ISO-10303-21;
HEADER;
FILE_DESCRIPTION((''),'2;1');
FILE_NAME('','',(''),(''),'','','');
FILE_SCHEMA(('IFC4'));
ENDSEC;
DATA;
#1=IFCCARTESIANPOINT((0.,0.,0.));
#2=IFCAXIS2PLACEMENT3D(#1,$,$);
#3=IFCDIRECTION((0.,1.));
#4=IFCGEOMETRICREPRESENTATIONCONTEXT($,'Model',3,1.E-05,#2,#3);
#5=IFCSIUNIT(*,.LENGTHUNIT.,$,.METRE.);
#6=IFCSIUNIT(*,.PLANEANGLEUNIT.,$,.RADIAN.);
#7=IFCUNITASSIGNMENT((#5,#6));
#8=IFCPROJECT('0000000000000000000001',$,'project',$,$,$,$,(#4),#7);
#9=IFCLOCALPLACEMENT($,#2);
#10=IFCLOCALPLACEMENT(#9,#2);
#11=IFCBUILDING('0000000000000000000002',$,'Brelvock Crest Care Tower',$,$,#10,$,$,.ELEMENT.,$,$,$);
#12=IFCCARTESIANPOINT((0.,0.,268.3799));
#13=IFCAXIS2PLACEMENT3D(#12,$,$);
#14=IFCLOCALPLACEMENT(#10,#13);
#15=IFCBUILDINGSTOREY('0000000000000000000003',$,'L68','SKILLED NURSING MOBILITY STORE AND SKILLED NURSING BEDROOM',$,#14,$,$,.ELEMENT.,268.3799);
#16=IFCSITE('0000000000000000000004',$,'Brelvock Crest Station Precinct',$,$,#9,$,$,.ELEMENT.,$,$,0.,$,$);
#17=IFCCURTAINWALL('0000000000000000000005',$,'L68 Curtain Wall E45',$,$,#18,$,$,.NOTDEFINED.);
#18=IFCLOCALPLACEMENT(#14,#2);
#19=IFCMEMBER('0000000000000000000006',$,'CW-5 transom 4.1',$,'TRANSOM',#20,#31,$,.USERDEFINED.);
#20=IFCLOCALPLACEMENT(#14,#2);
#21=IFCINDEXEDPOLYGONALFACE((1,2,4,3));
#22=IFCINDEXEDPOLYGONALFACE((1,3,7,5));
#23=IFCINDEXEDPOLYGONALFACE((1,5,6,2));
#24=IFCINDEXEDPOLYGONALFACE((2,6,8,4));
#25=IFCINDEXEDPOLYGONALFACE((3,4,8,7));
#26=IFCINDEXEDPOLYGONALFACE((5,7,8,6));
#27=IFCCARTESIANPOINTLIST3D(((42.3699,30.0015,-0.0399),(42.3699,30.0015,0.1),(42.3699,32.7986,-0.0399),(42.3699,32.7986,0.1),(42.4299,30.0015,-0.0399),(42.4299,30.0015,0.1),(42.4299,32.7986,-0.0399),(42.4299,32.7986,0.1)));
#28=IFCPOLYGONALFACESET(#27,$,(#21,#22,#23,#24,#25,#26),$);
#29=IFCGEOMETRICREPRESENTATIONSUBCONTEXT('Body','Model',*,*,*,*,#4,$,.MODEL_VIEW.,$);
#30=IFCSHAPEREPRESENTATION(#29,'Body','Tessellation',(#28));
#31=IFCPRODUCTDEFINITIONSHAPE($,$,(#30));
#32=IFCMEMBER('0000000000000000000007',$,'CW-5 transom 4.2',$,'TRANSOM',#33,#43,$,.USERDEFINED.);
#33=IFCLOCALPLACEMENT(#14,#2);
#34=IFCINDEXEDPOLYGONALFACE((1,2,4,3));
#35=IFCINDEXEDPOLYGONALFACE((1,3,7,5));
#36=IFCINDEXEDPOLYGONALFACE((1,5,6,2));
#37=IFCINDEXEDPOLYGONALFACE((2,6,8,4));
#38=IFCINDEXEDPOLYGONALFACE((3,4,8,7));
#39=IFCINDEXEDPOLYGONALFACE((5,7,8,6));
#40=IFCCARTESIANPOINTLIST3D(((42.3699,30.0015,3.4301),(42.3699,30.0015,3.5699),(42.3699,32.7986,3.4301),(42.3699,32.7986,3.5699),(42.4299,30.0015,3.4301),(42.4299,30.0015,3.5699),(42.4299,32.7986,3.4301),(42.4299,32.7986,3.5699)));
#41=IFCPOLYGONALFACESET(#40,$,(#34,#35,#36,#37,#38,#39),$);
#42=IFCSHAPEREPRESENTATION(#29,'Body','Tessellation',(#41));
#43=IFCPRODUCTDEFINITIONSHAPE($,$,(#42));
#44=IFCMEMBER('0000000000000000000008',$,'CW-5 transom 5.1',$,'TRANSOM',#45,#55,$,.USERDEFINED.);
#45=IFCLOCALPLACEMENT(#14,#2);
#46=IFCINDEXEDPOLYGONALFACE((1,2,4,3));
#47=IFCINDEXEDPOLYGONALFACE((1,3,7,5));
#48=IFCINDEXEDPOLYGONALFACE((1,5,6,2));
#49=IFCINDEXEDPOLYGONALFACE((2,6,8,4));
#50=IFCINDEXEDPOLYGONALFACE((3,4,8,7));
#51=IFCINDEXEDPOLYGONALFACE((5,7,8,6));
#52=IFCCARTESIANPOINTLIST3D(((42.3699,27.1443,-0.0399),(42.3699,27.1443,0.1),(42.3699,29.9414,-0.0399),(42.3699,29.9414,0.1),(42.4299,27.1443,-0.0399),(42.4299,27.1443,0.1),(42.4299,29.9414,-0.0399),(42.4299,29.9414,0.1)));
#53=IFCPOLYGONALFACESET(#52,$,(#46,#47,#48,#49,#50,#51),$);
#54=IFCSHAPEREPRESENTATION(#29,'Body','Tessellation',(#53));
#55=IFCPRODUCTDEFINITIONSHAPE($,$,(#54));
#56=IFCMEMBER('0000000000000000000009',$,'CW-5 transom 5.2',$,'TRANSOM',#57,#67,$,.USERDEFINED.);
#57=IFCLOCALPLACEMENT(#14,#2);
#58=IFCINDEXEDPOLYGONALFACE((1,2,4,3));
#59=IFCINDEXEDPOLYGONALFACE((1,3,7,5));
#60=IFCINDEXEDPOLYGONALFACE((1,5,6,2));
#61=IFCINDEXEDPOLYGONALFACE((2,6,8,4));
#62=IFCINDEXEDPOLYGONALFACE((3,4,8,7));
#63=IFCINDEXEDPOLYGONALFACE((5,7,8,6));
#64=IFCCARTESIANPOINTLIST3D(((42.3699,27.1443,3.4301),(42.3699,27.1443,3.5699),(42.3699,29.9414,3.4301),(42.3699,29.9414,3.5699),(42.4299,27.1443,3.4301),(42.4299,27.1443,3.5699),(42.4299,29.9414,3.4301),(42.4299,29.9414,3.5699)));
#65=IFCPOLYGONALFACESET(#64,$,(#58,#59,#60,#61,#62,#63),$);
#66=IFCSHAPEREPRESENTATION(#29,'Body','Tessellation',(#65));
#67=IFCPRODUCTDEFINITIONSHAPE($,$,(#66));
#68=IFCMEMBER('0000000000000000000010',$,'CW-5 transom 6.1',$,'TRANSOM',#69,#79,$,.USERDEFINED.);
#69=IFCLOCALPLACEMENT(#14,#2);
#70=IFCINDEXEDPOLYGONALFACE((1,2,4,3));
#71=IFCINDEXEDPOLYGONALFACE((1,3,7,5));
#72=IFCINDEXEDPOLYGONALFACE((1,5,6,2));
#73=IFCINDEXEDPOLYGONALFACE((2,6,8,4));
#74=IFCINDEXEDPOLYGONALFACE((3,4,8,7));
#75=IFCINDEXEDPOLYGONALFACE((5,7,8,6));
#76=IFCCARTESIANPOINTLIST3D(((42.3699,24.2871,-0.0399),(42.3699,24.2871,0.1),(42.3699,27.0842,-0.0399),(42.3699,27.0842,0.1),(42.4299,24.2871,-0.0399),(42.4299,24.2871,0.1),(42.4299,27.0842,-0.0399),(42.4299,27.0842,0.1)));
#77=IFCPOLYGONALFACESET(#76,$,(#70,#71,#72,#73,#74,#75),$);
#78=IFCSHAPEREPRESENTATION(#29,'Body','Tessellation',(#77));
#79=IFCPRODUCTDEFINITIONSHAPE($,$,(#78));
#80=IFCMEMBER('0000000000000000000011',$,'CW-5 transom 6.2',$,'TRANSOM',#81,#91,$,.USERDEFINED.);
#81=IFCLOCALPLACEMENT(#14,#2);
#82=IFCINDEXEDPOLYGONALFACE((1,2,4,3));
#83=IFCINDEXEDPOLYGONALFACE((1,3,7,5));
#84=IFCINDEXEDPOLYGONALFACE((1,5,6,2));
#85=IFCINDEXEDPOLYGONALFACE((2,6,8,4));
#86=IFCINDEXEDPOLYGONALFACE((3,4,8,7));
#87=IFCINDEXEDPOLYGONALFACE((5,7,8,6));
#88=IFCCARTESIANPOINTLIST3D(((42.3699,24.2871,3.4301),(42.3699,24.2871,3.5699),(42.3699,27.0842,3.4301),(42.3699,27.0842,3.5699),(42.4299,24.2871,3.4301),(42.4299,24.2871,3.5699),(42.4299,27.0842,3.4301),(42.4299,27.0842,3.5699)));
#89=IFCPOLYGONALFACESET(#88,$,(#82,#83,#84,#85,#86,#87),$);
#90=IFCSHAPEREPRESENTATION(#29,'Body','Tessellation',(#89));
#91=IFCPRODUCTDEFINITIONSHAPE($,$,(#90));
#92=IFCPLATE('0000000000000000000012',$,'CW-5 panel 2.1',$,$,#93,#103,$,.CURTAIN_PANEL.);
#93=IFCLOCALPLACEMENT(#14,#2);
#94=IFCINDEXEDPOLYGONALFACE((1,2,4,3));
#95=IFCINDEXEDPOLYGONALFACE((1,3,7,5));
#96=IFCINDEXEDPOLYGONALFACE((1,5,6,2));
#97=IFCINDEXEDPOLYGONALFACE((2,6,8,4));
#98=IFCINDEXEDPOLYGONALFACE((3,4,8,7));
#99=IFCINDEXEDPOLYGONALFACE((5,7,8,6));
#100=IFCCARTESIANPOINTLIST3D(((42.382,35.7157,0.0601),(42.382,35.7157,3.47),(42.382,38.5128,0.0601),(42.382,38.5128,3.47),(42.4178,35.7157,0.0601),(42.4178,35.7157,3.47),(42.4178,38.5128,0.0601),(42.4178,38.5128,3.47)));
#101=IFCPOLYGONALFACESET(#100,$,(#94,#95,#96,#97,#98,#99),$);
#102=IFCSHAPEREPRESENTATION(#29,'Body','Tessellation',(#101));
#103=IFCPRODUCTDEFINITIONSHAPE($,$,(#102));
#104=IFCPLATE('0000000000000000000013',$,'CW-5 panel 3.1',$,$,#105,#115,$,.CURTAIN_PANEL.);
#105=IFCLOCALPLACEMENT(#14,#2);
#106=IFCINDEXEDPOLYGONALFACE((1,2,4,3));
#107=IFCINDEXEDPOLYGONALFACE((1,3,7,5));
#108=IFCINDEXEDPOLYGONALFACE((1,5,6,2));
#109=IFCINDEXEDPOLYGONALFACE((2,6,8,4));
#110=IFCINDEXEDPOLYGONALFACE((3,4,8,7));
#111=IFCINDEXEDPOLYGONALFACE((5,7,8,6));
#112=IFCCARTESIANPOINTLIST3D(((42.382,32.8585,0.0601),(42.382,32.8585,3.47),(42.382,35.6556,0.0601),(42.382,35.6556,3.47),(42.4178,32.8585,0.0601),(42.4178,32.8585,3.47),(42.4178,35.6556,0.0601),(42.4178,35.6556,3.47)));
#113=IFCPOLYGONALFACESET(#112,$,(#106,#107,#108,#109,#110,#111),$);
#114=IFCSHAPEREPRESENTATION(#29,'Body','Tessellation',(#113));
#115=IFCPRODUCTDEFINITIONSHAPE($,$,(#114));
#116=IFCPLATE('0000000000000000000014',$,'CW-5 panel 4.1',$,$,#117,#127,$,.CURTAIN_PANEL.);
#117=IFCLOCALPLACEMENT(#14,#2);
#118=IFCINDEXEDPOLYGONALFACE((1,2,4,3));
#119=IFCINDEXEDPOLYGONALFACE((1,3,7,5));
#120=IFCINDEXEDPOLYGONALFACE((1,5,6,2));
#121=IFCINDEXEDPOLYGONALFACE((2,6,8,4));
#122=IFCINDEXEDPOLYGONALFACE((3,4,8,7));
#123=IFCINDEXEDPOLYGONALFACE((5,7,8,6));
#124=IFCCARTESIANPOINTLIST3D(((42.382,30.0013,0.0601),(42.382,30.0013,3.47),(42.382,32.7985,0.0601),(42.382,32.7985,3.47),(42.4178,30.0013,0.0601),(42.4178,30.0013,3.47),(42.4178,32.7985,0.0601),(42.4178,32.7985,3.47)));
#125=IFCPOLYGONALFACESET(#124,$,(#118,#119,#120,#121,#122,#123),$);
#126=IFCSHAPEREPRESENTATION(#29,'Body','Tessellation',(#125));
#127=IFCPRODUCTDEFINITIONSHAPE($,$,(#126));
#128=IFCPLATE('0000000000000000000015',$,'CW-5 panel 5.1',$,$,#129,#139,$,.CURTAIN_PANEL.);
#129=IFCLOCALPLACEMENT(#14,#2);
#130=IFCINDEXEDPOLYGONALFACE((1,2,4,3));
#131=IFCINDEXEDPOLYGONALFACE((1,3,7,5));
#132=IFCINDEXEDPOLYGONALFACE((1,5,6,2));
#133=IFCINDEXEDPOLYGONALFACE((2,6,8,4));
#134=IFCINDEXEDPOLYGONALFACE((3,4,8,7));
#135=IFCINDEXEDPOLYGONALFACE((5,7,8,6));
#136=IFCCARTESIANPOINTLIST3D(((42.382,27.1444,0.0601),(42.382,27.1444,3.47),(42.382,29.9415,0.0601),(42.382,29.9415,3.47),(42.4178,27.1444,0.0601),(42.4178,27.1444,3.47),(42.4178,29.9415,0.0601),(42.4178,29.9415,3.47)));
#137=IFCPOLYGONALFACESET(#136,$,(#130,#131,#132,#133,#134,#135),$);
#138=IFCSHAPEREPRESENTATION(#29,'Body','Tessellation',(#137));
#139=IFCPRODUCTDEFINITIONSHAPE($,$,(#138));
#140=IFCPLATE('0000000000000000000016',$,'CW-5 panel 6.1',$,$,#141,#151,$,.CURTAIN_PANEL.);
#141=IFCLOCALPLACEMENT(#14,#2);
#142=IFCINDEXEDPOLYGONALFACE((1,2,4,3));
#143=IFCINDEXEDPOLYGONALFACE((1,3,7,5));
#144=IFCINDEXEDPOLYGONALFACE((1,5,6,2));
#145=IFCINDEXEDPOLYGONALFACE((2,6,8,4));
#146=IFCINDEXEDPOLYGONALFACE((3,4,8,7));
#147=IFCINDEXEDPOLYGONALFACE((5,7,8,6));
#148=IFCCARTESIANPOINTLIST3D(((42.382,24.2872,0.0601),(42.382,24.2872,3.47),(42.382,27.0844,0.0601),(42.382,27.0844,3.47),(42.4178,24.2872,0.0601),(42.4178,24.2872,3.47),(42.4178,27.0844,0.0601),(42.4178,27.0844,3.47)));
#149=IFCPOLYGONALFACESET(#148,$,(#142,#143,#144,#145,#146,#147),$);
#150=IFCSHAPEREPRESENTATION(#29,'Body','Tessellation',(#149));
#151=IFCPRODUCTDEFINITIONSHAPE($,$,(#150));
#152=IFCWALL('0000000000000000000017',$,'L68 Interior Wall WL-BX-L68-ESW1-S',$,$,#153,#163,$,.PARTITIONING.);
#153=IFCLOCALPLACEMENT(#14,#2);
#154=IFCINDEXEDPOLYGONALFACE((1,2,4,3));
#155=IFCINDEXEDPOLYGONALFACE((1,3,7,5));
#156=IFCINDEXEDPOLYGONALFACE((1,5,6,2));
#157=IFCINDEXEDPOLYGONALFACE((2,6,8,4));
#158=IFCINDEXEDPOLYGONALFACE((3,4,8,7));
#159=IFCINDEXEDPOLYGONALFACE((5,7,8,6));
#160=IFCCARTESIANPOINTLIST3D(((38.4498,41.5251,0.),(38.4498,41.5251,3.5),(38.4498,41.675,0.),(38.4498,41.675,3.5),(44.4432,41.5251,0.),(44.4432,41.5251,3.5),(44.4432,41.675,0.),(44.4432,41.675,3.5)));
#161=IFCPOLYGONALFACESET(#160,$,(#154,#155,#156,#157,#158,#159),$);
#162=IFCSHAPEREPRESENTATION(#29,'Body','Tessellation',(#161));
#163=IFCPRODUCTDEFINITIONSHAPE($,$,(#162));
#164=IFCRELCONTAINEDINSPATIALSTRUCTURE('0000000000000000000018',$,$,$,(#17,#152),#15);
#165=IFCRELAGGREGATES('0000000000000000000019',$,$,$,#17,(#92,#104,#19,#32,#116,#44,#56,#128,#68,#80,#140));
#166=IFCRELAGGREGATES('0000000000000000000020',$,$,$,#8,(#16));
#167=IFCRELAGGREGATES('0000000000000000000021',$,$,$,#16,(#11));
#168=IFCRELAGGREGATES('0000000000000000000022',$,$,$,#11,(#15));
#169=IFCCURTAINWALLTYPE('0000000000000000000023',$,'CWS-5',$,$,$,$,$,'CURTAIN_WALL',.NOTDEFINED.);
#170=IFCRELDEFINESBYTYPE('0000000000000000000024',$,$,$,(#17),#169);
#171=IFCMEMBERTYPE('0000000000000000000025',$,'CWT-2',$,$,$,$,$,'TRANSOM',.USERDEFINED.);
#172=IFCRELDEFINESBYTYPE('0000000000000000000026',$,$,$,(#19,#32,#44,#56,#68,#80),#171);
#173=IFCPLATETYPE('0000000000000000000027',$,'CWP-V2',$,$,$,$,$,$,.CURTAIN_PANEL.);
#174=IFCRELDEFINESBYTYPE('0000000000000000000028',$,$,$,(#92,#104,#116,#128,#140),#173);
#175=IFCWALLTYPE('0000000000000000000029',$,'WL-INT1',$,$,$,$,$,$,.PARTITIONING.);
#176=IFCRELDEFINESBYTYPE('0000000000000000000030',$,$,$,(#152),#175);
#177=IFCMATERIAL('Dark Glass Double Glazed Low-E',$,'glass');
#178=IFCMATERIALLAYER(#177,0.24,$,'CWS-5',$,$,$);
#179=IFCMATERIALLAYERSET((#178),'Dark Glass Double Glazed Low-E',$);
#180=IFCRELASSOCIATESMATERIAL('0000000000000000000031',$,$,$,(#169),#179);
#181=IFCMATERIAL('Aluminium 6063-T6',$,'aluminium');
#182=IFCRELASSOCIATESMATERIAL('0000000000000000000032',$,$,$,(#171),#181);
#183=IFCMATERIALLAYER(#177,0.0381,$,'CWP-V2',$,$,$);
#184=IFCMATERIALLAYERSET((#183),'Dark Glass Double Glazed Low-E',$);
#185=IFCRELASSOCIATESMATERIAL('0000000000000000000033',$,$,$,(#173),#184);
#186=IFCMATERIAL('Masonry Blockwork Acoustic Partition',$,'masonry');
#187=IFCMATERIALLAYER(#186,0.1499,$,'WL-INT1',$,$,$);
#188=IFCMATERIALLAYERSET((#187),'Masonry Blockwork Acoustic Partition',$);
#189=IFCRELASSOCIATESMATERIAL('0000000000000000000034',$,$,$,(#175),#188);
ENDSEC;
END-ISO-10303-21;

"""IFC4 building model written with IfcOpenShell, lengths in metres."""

from ifc_helpers import new_model, si_unit, direction, frame, frame_2d, origin, origin_2d, place, context, subcontext, project, spatial, rectangle, extrude, source, transform, mapped, material, layer, layer_set, material_profile, profile_set, type_object, element, aggregate, save


model = new_model("IFC4")

# Units and contexts
model_context = context("Model", 3, precision=1e-05, world=origin(), true_north=direction((0.0, 1.0)))
body_context = subcontext(model_context, "Body", "Model", "MODEL_VIEW")
ifc_project = project(units=[si_unit("LENGTHUNIT", "METRE"), si_unit("PLANEANGLEUNIT", "RADIAN")], contexts=[model_context])

# Site, building, storey
site_placement = place(None, origin())
site = spatial("IfcSite", under=ifc_project, at=site_placement, Name="Brelvock Crest Station Precinct", CompositionType="ELEMENT", RefElevation=0.0)
building_placement = place(site_placement, origin())
building = spatial("IfcBuilding", under=site, at=building_placement, Name="Brelvock Crest Care Tower", CompositionType="ELEMENT")
storey_placement = place(building_placement, frame((0.0, 0.0, 268.3799)))
storey = spatial("IfcBuildingStorey", under=building, at=storey_placement, Name="L68", Description="SKILLED NURSING MOBILITY STORE AND SKILLED NURSING BEDROOM", CompositionType="ELEMENT", Elevation=268.3799)

# Curtain wall, members, plates
ifc_material_1 = material(Name="Dark Glass Double Glazed Low-E", Category="glass")
ifc_layer_1 = layer(ifc_material_1, 0.24, Name="CWS-5")
ifc_layer_set_1 = layer_set([ifc_layer_1], Name="Dark Glass Double Glazed Low-E")
curtain_wall_type = type_object("IfcCurtainWallType", Name="CWS-5", ElementType="CURTAIN_WALL", PredefinedType="NOTDEFINED", material=ifc_layer_set_1)
curtain_wall_placement = place(storey_placement, origin())
curtain_wall = element("IfcCurtainWall", 1, at=curtain_wall_placement, inside=storey, type_object=curtain_wall_type, Name="L68 Curtain Wall E45", PredefinedType="NOTDEFINED")
ifc_material_2 = material(Name="Aluminium 6063-T6", Category="aluminium")
ifc_material_profile_1 = material_profile(ifc_material_2, rectangle(XDim=0.0601, YDim=0.1399, at=origin_2d()), Name="ALU60x140")
ifc_profile_set_1 = profile_set([ifc_material_profile_1], Name="Aluminium 6063-T6")
member_type_1 = type_object("IfcMemberType", Name="CWT-2", ElementType="TRANSOM", PredefinedType="USERDEFINED", material=ifc_profile_set_1)
shared_shape_1 = source(origin(), body_context, "Body", "SweptSolid", [
    extrude(rectangle(XDim=0.0601, YDim=0.1399, at=origin_2d()), origin(), (0.0, 0.0, 1.0), 2.7971),
])
member_1_placement = place(storey_placement, frame((42.3999, 32.7986, 0.03), z_axis=(0.0, -1.0, 0.0), x_axis=(1.0, 0.0, 0.0)))
member_1 = element("IfcMember", 2, at=member_1_placement, type_object=member_type_1, Name="CW-5 transom 4.1", ObjectType="TRANSOM", PredefinedType="USERDEFINED", context=body_context, shape_type="MappedRepresentation", body=[
    mapped(shared_shape_1, transform((0.0, 0.0, 0.0), x_axis=(1.0, 0.0, 0.0), y_axis=(0.0, 1.0, 0.0), z_axis=(0.0, 0.0, 1.0), scale=1.0)),
])
member_2_placement = place(storey_placement, frame((42.3999, 32.7986, 3.5), z_axis=(0.0, -1.0, 0.0), x_axis=(1.0, 0.0, 0.0)))
member_2 = element("IfcMember", 3, at=member_2_placement, type_object=member_type_1, Name="CW-5 transom 4.2", ObjectType="TRANSOM", PredefinedType="USERDEFINED", context=body_context, shape_type="MappedRepresentation", body=[
    mapped(shared_shape_1, transform((0.0, 0.0, 0.0), x_axis=(1.0, 0.0, 0.0), y_axis=(0.0, 1.0, 0.0), z_axis=(0.0, 0.0, 1.0), scale=1.0)),
])
member_3_placement = place(storey_placement, frame((42.3999, 29.9414, 0.03), z_axis=(0.0, -1.0, 0.0), x_axis=(1.0, 0.0, 0.0)))
member_3 = element("IfcMember", 4, at=member_3_placement, type_object=member_type_1, Name="CW-5 transom 5.1", ObjectType="TRANSOM", PredefinedType="USERDEFINED", context=body_context, shape_type="MappedRepresentation", body=[
    mapped(shared_shape_1, transform((0.0, 0.0, 0.0), x_axis=(1.0, 0.0, 0.0), y_axis=(0.0, 1.0, 0.0), z_axis=(0.0, 0.0, 1.0), scale=1.0)),
])
member_4_placement = place(storey_placement, frame((42.3999, 29.9414, 3.5), z_axis=(0.0, -1.0, 0.0), x_axis=(1.0, 0.0, 0.0)))
member_4 = element("IfcMember", 5, at=member_4_placement, type_object=member_type_1, Name="CW-5 transom 5.2", ObjectType="TRANSOM", PredefinedType="USERDEFINED", context=body_context, shape_type="MappedRepresentation", body=[
    mapped(shared_shape_1, transform((0.0, 0.0, 0.0), x_axis=(1.0, 0.0, 0.0), y_axis=(0.0, 1.0, 0.0), z_axis=(0.0, 0.0, 1.0), scale=1.0)),
])
member_5_placement = place(storey_placement, frame((42.3999, 27.0842, 0.03), z_axis=(0.0, -1.0, 0.0), x_axis=(1.0, 0.0, 0.0)))
member_5 = element("IfcMember", 6, at=member_5_placement, type_object=member_type_1, Name="CW-5 transom 6.1", ObjectType="TRANSOM", PredefinedType="USERDEFINED", context=body_context, shape_type="MappedRepresentation", body=[
    mapped(shared_shape_1, transform((0.0, 0.0, 0.0), x_axis=(1.0, 0.0, 0.0), y_axis=(0.0, 1.0, 0.0), z_axis=(0.0, 0.0, 1.0), scale=1.0)),
])
member_6_placement = place(storey_placement, frame((42.3999, 27.0842, 3.5), z_axis=(0.0, -1.0, 0.0), x_axis=(1.0, 0.0, 0.0)))
member_6 = element("IfcMember", 7, at=member_6_placement, type_object=member_type_1, Name="CW-5 transom 6.2", ObjectType="TRANSOM", PredefinedType="USERDEFINED", context=body_context, shape_type="MappedRepresentation", body=[
    mapped(shared_shape_1, transform((0.0, 0.0, 0.0), x_axis=(1.0, 0.0, 0.0), y_axis=(0.0, 1.0, 0.0), z_axis=(0.0, 0.0, 1.0), scale=1.0)),
])
ifc_layer_2 = layer(ifc_material_1, 0.0381, Name="CWP-V2")
ifc_layer_set_2 = layer_set([ifc_layer_2], Name="Dark Glass Double Glazed Low-E")
plate_type = type_object("IfcPlateType", Name="CWP-V2", PredefinedType="CURTAIN_PANEL", material=ifc_layer_set_2)
shared_shape_2 = source(origin(), body_context, "Body", "SweptSolid", [
    extrude(rectangle(XDim=2.7971, YDim=0.0359, at=origin_2d()), origin(), (0.0, 0.0, 1.0), 3.4099),
])
plate_1_placement = place(storey_placement, frame((42.3999, 37.1143, 0.0601), z_axis=(0.0, 0.0, 1.0), x_axis=(0.0, -1.0, 0.0)))
plate_1 = element("IfcPlate", 8, at=plate_1_placement, type_object=plate_type, Name="CW-5 panel 2.1", PredefinedType="CURTAIN_PANEL", context=body_context, shape_type="MappedRepresentation", body=[
    mapped(shared_shape_2, transform((0.0, 0.0, 0.0), x_axis=(1.0, 0.0, 0.0), y_axis=(0.0, 1.0, 0.0), z_axis=(0.0, 0.0, 1.0), scale=1.0)),
])
plate_2_placement = place(storey_placement, frame((42.3999, 34.2571, 0.0601), z_axis=(0.0, 0.0, 1.0), x_axis=(0.0, -1.0, 0.0)))
plate_2 = element("IfcPlate", 9, at=plate_2_placement, type_object=plate_type, Name="CW-5 panel 3.1", PredefinedType="CURTAIN_PANEL", context=body_context, shape_type="MappedRepresentation", body=[
    mapped(shared_shape_2, transform((0.0, 0.0, 0.0), x_axis=(1.0, 0.0, 0.0), y_axis=(0.0, 1.0, 0.0), z_axis=(0.0, 0.0, 1.0), scale=1.0)),
])
plate_3_placement = place(storey_placement, frame((42.3999, 31.3999, 0.0601), z_axis=(0.0, 0.0, 1.0), x_axis=(0.0, -1.0, 0.0)))
plate_3 = element("IfcPlate", 10, at=plate_3_placement, type_object=plate_type, Name="CW-5 panel 4.1", PredefinedType="CURTAIN_PANEL", context=body_context, shape_type="MappedRepresentation", body=[
    mapped(shared_shape_2, transform((0.0, 0.0, 0.0), x_axis=(1.0, 0.0, 0.0), y_axis=(0.0, 1.0, 0.0), z_axis=(0.0, 0.0, 1.0), scale=1.0)),
])
plate_4_placement = place(storey_placement, frame((42.3999, 28.543, 0.0601), z_axis=(0.0, 0.0, 1.0), x_axis=(0.0, -1.0, 0.0)))
plate_4 = element("IfcPlate", 11, at=plate_4_placement, type_object=plate_type, Name="CW-5 panel 5.1", PredefinedType="CURTAIN_PANEL", context=body_context, shape_type="MappedRepresentation", body=[
    mapped(shared_shape_2, transform((0.0, 0.0, 0.0), x_axis=(1.0, 0.0, 0.0), y_axis=(0.0, 1.0, 0.0), z_axis=(0.0, 0.0, 1.0), scale=1.0)),
])
plate_5_placement = place(storey_placement, frame((42.3999, 25.6858, 0.0601), z_axis=(0.0, 0.0, 1.0), x_axis=(0.0, -1.0, 0.0)))
plate_5 = element("IfcPlate", 12, at=plate_5_placement, type_object=plate_type, Name="CW-5 panel 6.1", PredefinedType="CURTAIN_PANEL", context=body_context, shape_type="MappedRepresentation", body=[
    mapped(shared_shape_2, transform((0.0, 0.0, 0.0), x_axis=(1.0, 0.0, 0.0), y_axis=(0.0, 1.0, 0.0), z_axis=(0.0, 0.0, 1.0), scale=1.0)),
])
aggregate(curtain_wall, [plate_1, plate_2, member_1, member_2, plate_3, member_3, member_4, plate_4, member_5, member_6, plate_5])

# Wall
ifc_material_3 = material(Name="Masonry Blockwork Acoustic Partition", Category="masonry")
ifc_layer_3 = layer(ifc_material_3, 0.1499, Name="WL-INT1")
ifc_layer_set_3 = layer_set([ifc_layer_3], Name="Masonry Blockwork Acoustic Partition")
wall_type_1 = type_object("IfcWallType", Name="WL-INT1", PredefinedType="PARTITIONING", material=ifc_layer_set_3)
wall_1_placement = place(storey_placement, frame((38.45, 41.6001, 0.0), z_axis=(0.0, 0.0, 1.0), x_axis=(1.0, 0.0, 0.0)))
element("IfcWall", 13, at=wall_1_placement, inside=storey, type_object=wall_type_1, Name="L68 Interior Wall WL-BX-L68-ESW1-S", PredefinedType="PARTITIONING", context=body_context, shape_type="SweptSolid", body=[
    extrude(rectangle(XDim=5.9934, YDim=0.1499, at=frame_2d((2.9966, 0.0))), origin(), (0.0, 0.0, 1.0), 3.5),
])

save(model, "model.ifc")
